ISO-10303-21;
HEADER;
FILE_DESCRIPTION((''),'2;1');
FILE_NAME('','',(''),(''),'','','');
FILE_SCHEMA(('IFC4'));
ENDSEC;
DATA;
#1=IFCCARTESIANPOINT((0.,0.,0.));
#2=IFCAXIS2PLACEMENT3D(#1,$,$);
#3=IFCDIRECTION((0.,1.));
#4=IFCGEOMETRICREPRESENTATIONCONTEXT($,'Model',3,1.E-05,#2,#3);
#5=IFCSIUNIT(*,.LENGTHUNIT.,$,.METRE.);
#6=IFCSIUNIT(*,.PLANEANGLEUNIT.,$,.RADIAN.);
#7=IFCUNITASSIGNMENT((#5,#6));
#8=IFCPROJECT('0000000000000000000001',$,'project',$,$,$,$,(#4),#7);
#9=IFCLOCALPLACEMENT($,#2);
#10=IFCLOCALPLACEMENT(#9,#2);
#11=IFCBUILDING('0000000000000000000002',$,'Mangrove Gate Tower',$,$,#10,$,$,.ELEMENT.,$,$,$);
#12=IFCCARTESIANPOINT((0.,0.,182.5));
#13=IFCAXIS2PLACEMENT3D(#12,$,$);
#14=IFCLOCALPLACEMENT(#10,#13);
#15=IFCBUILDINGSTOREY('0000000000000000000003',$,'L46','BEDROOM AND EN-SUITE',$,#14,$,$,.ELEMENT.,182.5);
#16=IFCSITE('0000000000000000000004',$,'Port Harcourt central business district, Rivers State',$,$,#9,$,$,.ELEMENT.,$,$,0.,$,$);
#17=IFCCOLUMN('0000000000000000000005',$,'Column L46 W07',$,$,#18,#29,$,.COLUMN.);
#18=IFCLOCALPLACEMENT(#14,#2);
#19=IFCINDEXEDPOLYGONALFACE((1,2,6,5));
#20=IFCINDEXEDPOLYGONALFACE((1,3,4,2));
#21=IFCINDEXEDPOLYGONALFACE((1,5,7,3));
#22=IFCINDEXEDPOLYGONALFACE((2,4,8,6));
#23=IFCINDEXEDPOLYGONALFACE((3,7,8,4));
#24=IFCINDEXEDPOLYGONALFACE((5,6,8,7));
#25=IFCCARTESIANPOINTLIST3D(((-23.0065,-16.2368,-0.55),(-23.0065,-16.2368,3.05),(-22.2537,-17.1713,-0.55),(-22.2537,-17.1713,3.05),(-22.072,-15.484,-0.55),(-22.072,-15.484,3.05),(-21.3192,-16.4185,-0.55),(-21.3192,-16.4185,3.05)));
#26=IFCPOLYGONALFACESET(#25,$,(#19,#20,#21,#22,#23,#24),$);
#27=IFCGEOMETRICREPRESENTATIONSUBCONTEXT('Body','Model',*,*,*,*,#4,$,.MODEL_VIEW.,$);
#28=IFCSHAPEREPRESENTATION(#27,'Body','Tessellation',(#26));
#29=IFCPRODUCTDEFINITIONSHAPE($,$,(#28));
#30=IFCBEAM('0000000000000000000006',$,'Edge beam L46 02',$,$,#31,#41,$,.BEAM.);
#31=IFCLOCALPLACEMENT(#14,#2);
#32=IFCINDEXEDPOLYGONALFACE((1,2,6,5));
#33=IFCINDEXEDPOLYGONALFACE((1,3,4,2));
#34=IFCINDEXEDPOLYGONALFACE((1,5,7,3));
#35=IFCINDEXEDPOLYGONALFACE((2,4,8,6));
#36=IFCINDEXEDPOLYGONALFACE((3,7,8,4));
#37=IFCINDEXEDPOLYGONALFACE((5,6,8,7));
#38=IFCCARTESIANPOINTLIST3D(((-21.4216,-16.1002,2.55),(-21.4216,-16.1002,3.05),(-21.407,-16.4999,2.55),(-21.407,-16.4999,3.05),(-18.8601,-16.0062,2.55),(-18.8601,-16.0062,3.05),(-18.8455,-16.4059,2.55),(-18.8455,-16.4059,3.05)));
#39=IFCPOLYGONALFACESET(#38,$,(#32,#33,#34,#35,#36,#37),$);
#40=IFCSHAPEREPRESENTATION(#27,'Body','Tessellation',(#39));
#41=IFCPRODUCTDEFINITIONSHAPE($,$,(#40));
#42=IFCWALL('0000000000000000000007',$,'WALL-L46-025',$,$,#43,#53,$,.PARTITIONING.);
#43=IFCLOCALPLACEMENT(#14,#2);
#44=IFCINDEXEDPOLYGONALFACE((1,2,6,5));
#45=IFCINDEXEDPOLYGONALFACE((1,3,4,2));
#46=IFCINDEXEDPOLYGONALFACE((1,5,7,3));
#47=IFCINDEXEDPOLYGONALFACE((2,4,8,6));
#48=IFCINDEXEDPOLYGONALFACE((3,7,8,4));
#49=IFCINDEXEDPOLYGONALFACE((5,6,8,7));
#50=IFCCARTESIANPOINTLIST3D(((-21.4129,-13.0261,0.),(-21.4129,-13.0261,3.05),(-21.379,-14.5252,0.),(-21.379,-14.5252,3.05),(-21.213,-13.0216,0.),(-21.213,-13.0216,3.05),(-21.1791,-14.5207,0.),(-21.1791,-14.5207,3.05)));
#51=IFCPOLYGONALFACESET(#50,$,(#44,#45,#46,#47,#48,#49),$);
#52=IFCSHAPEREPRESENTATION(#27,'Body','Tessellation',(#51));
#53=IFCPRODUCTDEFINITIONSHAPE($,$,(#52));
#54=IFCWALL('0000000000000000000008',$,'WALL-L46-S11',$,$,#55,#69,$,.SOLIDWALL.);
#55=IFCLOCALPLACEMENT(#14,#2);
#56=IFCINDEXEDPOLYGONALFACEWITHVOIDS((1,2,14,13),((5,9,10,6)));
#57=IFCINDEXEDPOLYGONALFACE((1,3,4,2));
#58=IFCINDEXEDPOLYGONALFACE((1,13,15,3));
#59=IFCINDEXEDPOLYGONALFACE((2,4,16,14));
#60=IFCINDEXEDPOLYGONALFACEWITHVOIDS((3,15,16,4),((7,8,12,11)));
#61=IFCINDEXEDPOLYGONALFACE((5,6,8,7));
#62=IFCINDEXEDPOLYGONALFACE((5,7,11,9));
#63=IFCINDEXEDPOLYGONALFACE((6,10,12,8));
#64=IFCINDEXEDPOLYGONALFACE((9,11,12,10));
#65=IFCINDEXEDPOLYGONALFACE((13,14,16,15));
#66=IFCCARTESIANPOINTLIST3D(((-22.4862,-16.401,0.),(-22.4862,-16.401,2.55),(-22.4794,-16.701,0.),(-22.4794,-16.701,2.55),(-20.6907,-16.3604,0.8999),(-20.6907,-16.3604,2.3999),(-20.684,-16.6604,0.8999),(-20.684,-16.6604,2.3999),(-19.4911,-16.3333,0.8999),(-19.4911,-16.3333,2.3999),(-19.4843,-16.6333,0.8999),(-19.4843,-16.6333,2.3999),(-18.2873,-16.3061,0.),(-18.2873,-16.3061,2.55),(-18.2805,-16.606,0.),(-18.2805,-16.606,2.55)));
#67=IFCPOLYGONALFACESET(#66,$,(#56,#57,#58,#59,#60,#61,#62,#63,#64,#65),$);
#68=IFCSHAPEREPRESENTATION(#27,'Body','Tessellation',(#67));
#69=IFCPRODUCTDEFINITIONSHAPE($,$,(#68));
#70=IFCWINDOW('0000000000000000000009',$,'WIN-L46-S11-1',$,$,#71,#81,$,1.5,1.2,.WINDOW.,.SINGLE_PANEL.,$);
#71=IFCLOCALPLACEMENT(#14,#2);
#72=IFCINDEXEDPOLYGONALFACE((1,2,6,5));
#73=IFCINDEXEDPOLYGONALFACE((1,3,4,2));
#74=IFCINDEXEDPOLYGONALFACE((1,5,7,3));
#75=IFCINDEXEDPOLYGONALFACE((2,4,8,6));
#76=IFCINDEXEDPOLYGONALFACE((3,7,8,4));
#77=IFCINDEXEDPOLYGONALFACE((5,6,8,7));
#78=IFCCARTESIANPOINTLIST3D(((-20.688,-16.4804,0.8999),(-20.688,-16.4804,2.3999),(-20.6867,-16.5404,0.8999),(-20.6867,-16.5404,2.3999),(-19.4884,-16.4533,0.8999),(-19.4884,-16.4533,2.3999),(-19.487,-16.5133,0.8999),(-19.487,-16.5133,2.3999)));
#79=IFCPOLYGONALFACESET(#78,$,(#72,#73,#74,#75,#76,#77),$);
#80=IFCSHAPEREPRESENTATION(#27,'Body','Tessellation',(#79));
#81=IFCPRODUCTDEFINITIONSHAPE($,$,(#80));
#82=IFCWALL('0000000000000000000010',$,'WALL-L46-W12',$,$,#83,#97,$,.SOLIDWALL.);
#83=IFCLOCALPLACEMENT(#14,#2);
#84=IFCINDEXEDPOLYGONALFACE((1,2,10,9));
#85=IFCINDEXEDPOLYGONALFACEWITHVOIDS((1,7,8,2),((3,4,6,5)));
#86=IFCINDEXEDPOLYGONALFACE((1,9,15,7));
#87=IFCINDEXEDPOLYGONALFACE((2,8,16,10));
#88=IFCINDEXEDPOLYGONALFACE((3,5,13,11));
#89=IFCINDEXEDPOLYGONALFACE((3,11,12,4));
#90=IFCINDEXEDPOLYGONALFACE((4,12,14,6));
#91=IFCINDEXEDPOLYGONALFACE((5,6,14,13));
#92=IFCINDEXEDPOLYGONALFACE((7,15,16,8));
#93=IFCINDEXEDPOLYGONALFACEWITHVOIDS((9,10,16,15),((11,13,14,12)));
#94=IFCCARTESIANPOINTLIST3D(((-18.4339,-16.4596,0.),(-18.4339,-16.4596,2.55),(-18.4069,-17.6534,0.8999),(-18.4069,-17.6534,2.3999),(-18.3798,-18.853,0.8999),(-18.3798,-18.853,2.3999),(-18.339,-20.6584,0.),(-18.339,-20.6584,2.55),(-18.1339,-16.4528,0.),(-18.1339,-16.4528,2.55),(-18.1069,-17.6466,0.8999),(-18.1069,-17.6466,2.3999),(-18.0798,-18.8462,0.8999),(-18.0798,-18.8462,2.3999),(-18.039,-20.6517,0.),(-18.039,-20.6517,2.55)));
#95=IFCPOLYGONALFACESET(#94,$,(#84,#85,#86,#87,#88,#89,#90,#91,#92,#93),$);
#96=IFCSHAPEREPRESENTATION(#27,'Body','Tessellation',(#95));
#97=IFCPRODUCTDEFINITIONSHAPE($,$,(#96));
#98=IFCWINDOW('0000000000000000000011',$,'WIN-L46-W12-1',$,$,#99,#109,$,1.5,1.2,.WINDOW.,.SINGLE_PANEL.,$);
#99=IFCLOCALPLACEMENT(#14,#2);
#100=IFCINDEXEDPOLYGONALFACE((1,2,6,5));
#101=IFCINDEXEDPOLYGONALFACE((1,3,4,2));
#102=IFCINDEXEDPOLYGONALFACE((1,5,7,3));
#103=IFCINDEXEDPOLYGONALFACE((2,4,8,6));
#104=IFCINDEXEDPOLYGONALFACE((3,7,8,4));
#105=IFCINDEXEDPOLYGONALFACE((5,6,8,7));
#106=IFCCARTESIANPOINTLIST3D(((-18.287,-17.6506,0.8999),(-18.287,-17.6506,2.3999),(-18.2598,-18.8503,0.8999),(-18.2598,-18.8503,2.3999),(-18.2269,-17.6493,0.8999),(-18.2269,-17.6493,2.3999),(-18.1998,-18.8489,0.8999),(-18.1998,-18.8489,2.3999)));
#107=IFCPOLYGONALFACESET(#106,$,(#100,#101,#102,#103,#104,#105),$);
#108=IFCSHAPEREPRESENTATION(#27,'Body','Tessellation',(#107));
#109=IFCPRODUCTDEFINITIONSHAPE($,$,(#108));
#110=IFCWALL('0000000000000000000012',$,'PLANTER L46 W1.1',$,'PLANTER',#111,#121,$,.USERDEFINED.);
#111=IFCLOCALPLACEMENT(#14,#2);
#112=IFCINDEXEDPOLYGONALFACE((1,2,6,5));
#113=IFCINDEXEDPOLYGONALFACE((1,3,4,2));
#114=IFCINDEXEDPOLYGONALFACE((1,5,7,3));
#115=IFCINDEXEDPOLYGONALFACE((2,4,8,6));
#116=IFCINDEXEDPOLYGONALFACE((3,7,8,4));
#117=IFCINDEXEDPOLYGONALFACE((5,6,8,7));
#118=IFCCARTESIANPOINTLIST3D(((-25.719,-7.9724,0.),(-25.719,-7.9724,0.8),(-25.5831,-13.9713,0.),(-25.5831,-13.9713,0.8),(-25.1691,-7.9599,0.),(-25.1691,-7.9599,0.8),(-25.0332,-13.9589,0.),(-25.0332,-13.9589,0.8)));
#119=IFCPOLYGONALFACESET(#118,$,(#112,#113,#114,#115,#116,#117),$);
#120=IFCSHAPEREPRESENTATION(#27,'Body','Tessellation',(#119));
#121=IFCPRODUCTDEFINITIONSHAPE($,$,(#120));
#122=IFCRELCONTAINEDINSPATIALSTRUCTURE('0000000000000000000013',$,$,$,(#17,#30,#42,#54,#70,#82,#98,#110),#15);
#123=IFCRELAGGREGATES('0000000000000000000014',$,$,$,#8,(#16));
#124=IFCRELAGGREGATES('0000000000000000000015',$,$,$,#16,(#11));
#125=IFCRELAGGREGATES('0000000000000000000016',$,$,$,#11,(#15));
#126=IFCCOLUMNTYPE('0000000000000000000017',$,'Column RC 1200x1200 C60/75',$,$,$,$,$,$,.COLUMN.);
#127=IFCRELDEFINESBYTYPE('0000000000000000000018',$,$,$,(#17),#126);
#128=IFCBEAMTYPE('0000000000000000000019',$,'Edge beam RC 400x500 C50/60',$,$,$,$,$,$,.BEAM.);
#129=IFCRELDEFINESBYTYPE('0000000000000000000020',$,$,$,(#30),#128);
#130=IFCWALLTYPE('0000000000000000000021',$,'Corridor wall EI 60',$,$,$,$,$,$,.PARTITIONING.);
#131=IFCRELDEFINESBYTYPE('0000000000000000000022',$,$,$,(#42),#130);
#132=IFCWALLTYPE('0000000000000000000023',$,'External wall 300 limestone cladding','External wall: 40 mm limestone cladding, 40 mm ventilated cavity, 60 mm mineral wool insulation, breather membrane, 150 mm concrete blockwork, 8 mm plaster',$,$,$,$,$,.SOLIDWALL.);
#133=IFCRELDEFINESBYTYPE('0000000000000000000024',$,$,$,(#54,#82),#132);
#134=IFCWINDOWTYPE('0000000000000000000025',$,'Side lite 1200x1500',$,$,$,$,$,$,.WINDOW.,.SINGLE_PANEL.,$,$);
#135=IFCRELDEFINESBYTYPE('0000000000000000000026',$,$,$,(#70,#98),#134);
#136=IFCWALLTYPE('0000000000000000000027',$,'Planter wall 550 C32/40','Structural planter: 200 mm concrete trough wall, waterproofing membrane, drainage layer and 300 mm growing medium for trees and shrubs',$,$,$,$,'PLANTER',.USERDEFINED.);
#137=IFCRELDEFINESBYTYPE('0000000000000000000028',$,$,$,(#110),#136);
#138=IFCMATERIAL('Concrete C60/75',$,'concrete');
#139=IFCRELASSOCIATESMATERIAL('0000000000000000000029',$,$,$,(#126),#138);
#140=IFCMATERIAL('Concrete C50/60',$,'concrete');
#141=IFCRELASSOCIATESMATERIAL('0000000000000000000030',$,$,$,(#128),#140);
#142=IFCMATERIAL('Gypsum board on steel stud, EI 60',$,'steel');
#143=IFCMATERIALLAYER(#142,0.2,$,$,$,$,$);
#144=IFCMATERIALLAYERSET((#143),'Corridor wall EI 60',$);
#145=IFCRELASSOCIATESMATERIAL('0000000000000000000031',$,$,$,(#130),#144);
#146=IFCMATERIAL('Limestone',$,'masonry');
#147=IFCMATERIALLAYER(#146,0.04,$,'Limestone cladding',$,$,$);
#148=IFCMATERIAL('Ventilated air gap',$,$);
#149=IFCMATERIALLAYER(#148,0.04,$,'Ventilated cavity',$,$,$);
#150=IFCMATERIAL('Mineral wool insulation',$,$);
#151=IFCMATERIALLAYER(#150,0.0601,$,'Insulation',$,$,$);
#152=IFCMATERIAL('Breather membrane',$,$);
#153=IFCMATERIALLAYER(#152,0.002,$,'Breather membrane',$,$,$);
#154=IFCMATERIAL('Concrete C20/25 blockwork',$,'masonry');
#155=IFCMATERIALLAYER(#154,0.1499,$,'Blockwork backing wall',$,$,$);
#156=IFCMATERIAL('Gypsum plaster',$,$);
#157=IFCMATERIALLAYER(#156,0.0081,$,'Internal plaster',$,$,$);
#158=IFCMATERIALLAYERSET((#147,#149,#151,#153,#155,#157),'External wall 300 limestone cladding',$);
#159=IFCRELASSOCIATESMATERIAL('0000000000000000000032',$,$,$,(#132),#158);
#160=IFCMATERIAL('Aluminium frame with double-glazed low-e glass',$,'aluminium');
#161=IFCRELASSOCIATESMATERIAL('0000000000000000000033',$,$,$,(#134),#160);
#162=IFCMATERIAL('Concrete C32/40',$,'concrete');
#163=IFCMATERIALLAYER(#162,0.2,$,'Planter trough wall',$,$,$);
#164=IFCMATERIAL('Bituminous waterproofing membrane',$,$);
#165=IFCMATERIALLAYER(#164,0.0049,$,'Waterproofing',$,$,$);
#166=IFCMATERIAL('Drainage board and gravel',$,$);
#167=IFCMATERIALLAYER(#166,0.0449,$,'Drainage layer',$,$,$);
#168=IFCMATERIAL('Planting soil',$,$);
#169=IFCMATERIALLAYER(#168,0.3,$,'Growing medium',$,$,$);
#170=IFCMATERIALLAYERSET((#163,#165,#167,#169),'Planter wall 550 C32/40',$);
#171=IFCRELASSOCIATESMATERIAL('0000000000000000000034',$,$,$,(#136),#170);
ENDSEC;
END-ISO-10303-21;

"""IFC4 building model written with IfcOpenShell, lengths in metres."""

from ifc_helpers import new_model, si_unit, direction, frame, frame_2d, origin, origin_2d, place, context, subcontext, project, spatial, rectangle, extrude, material, layer, layer_set, material_profile, profile_set, type_object, element, fill, save


model = new_model("IFC4")

# Units and contexts
model_context = context("Model", 3, precision=1e-05, world=origin(), true_north=direction((0.0, 1.0)))
body_context = subcontext(model_context, "Body", "Model", "MODEL_VIEW")
ifc_project = project(units=[si_unit("LENGTHUNIT", "METRE"), si_unit("PLANEANGLEUNIT", "RADIAN")], contexts=[model_context])

# Site, building, storey
site_placement = place(None, origin())
site = spatial("IfcSite", under=ifc_project, at=site_placement, Name="Port Harcourt central business district, Rivers State", CompositionType="ELEMENT", RefElevation=0.0)
building_placement = place(site_placement, origin())
building = spatial("IfcBuilding", under=site, at=building_placement, Name="Mangrove Gate Tower", CompositionType="ELEMENT")
storey_placement = place(building_placement, frame((0.0, 0.0, 182.5)))
storey = spatial("IfcBuildingStorey", under=building, at=storey_placement, Name="L46", Description="BEDROOM AND EN-SUITE", CompositionType="ELEMENT", Elevation=182.5)

# Column
ifc_material_1 = material(Name="Concrete C60/75", Category="concrete")
ifc_material_profile_1 = material_profile(ifc_material_1, rectangle(XDim=1.2, YDim=1.2, at=origin_2d()))
ifc_profile_set_1 = profile_set([ifc_material_profile_1], Name="Concrete C60/75")
column_type = type_object("IfcColumnType", Name="Column RC 1200x1200 C60/75", PredefinedType="COLUMN", material=ifc_profile_set_1)
column_placement = place(storey_placement, frame((-22.1628, -16.3276, -0.55), z_axis=(0.0, 0.0, 1.0), x_axis=(0.627364, -0.778726, 0.0)))
element("IfcColumn", 1, at=column_placement, inside=storey, type_object=column_type, Name="Column L46 W07", PredefinedType="COLUMN", context=body_context, shape_type="SweptSolid", body=[
    extrude(rectangle(XDim=1.2, YDim=1.2, at=origin_2d()), origin(), (0.0, 0.0, 1.0), 3.6001),
])

# Beam
ifc_material_2 = material(Name="Concrete C50/60", Category="concrete")
ifc_material_profile_2 = material_profile(ifc_material_2, rectangle(XDim=0.3999, YDim=0.5, at=origin_2d()))
ifc_profile_set_2 = profile_set([ifc_material_profile_2], Name="Concrete C50/60")
beam_type = type_object("IfcBeamType", Name="Edge beam RC 400x500 C50/60", PredefinedType="BEAM", material=ifc_profile_set_2)
beam_placement = place(storey_placement, frame((-21.4143, -16.3, 2.8), z_axis=(0.999327, 0.03667, 0.0), x_axis=(-0.03667, 0.999327, 0.0)))
element("IfcBeam", 2, at=beam_placement, inside=storey, type_object=beam_type, Name="Edge beam L46 02", PredefinedType="BEAM", context=body_context, shape_type="SweptSolid", body=[
    extrude(rectangle(XDim=0.3999, YDim=0.5, at=origin_2d()), origin(), (0.0, 0.0, 1.0), 2.5632),
])

# Shared definitions
ifc_material_3 = material(Name="Gypsum board on steel stud, EI 60", Category="steel")
ifc_layer_1 = layer(ifc_material_3, 0.2)
ifc_layer_set_1 = layer_set([ifc_layer_1], Name="Corridor wall EI 60")
wall_type_1 = type_object("IfcWallType", Name="Corridor wall EI 60", PredefinedType="PARTITIONING", material=ifc_layer_set_1)

# Wall
wall_1_placement = place(storey_placement, frame((-21.2791, -14.5229, 0.0), z_axis=(0.0, 0.0, 1.0), x_axis=(-0.022633, 0.999744, 0.0)))
element("IfcWall", 3, at=wall_1_placement, inside=storey, type_object=wall_type_1, Name="WALL-L46-025", PredefinedType="PARTITIONING", context=body_context, shape_type="SweptSolid", body=[
    extrude(rectangle(XDim=1.4995, YDim=0.2, at=frame_2d((0.7498, 0.0))), origin(), (0.0, 0.0, 1.0), 3.05),
])

# Walls, openings, windows
ifc_material_4 = material(Name="Limestone", Category="masonry")
ifc_layer_2 = layer(ifc_material_4, 0.04, Name="Limestone cladding")
ifc_material_5 = material(Name="Ventilated air gap")
ifc_layer_3 = layer(ifc_material_5, 0.04, Name="Ventilated cavity")
ifc_material_6 = material(Name="Mineral wool insulation")
ifc_layer_4 = layer(ifc_material_6, 0.0601, Name="Insulation")
ifc_material_7 = material(Name="Breather membrane")
ifc_layer_5 = layer(ifc_material_7, 0.002, Name="Breather membrane")
ifc_material_8 = material(Name="Concrete C20/25 blockwork", Category="masonry")
ifc_layer_6 = layer(ifc_material_8, 0.1499, Name="Blockwork backing wall")
ifc_material_9 = material(Name="Gypsum plaster")
ifc_layer_7 = layer(ifc_material_9, 0.0081, Name="Internal plaster")
ifc_layer_set_2 = layer_set([ifc_layer_2, ifc_layer_3, ifc_layer_4, ifc_layer_5, ifc_layer_6, ifc_layer_7], Name="External wall 300 limestone cladding")
wall_type_2 = type_object("IfcWallType", Name="External wall 300 limestone cladding", Description="External wall: 40 mm limestone cladding, 40 mm ventilated cavity, 60 mm mineral wool insulation, breather membrane, 150 mm concrete blockwork, 8 mm plaster", PredefinedType="SOLIDWALL", material=ifc_layer_set_2)
wall_2_placement = place(storey_placement, frame((-22.4829, -16.551, 0.0), z_axis=(0.0, 0.0, 1.0), x_axis=(0.999744, 0.022612, 0.0)))
wall_2 = element("IfcWall", 4, at=wall_2_placement, inside=storey, type_object=wall_type_2, Name="WALL-L46-S11", PredefinedType="SOLIDWALL", context=body_context, shape_type="SweptSolid", body=[
    extrude(rectangle(XDim=4.2, YDim=0.3, at=frame_2d((2.1001, 0.0))), origin(), (0.0, 0.0, 1.0), 2.55),
])
opening_1_placement = place(wall_2_placement, frame((1.7959, 0.0, 0.8999)))
opening_1 = element("IfcOpeningElement", 5, at=opening_1_placement, cuts=wall_2, PredefinedType="OPENING", context=body_context, shape_type="SweptSolid", body=[
    extrude(rectangle(XDim=1.2, YDim=1.5, at=frame_2d((0.6001, 0.75))), frame((0.0, 0.1599, 0.0), z_axis=(0.0, -1.0, 0.0), x_axis=(1.0, 0.0, 0.0)), (0.0, 0.0, 1.0), 0.3201),
])
ifc_material_10 = material(Name="Aluminium frame with double-glazed low-e glass", Category="aluminium")
window_type = type_object("IfcWindowType", Name="Side lite 1200x1500", PartitioningType="SINGLE_PANEL", PredefinedType="WINDOW", material=ifc_material_10)
window_1_placement = place(opening_1_placement, origin())
window_1 = element("IfcWindow", 6, at=window_1_placement, inside=storey, type_object=window_type, Name="WIN-L46-S11-1", OverallHeight=1.5, OverallWidth=1.2, PartitioningType="SINGLE_PANEL", PredefinedType="WINDOW", context=body_context, shape_type="SweptSolid", body=[
    extrude(rectangle(XDim=1.2, YDim=1.5, at=frame_2d((0.6001, 0.75))), frame((0.0, 0.03, 0.0), z_axis=(0.0, -1.0, 0.0), x_axis=(1.0, 0.0, 0.0)), (0.0, 0.0, 1.0), 0.0601),
])
fill(opening_1, window_1)
wall_3_placement = place(storey_placement, frame((-18.2839, -16.4561, 0.0), z_axis=(0.0, 0.0, 1.0), x_axis=(0.022612, -0.999744, 0.0)))
wall_3 = element("IfcWall", 7, at=wall_3_placement, inside=storey, type_object=wall_type_2, Name="WALL-L46-W12", PredefinedType="SOLIDWALL", context=body_context, shape_type="SweptSolid", body=[
    extrude(rectangle(XDim=4.2, YDim=0.3, at=frame_2d((2.1001, 0.0))), origin(), (0.0, 0.0, 1.0), 2.55),
])
opening_2_placement = place(wall_3_placement, frame((1.1941, 0.0, 0.8999)))
opening_2 = element("IfcOpeningElement", 8, at=opening_2_placement, cuts=wall_3, PredefinedType="OPENING", context=body_context, shape_type="SweptSolid", body=[
    extrude(rectangle(XDim=1.2, YDim=1.5, at=frame_2d((0.6001, 0.75))), frame((0.0, 0.1599, 0.0), z_axis=(0.0, -1.0, 0.0), x_axis=(1.0, 0.0, 0.0)), (0.0, 0.0, 1.0), 0.3201),
])
window_2_placement = place(opening_2_placement, origin())
window_2 = element("IfcWindow", 9, at=window_2_placement, inside=storey, type_object=window_type, Name="WIN-L46-W12-1", OverallHeight=1.5, OverallWidth=1.2, PartitioningType="SINGLE_PANEL", PredefinedType="WINDOW", context=body_context, shape_type="SweptSolid", body=[
    extrude(rectangle(XDim=1.2, YDim=1.5, at=frame_2d((0.6001, 0.75))), frame((0.0, 0.03, 0.0), z_axis=(0.0, -1.0, 0.0), x_axis=(1.0, 0.0, 0.0)), (0.0, 0.0, 1.0), 0.0601),
])
fill(opening_2, window_2)

# Wall
ifc_material_11 = material(Name="Concrete C32/40", Category="concrete")
ifc_layer_8 = layer(ifc_material_11, 0.2, Name="Planter trough wall")
ifc_material_12 = material(Name="Bituminous waterproofing membrane")
ifc_layer_9 = layer(ifc_material_12, 0.0049, Name="Waterproofing")
ifc_material_13 = material(Name="Drainage board and gravel")
ifc_layer_10 = layer(ifc_material_13, 0.0449, Name="Drainage layer")
ifc_material_14 = material(Name="Planting soil")
ifc_layer_11 = layer(ifc_material_14, 0.3, Name="Growing medium")
ifc_layer_set_3 = layer_set([ifc_layer_8, ifc_layer_9, ifc_layer_10, ifc_layer_11], Name="Planter wall 550 C32/40")
wall_type_3 = type_object("IfcWallType", Name="Planter wall 550 C32/40", Description="Structural planter: 200 mm concrete trough wall, waterproofing membrane, drainage layer and 300 mm growing medium for trees and shrubs", ElementType="PLANTER", PredefinedType="USERDEFINED", material=ifc_layer_set_3)
wall_4_placement = place(storey_placement, frame((-25.3081, -13.9651, 0.0), z_axis=(0.0, 0.0, 1.0), x_axis=(-0.022662, 0.999743, 0.0)))
element("IfcWall", 10, at=wall_4_placement, inside=storey, type_object=wall_type_3, Name="PLANTER L46 W1.1", ObjectType="PLANTER", PredefinedType="USERDEFINED", context=body_context, shape_type="SweptSolid", body=[
    extrude(rectangle(XDim=6.0005, YDim=0.55, at=frame_2d((3.0002, 0.0))), origin(), (0.0, 0.0, 1.0), 0.8),
])

save(model, "model.ifc")
